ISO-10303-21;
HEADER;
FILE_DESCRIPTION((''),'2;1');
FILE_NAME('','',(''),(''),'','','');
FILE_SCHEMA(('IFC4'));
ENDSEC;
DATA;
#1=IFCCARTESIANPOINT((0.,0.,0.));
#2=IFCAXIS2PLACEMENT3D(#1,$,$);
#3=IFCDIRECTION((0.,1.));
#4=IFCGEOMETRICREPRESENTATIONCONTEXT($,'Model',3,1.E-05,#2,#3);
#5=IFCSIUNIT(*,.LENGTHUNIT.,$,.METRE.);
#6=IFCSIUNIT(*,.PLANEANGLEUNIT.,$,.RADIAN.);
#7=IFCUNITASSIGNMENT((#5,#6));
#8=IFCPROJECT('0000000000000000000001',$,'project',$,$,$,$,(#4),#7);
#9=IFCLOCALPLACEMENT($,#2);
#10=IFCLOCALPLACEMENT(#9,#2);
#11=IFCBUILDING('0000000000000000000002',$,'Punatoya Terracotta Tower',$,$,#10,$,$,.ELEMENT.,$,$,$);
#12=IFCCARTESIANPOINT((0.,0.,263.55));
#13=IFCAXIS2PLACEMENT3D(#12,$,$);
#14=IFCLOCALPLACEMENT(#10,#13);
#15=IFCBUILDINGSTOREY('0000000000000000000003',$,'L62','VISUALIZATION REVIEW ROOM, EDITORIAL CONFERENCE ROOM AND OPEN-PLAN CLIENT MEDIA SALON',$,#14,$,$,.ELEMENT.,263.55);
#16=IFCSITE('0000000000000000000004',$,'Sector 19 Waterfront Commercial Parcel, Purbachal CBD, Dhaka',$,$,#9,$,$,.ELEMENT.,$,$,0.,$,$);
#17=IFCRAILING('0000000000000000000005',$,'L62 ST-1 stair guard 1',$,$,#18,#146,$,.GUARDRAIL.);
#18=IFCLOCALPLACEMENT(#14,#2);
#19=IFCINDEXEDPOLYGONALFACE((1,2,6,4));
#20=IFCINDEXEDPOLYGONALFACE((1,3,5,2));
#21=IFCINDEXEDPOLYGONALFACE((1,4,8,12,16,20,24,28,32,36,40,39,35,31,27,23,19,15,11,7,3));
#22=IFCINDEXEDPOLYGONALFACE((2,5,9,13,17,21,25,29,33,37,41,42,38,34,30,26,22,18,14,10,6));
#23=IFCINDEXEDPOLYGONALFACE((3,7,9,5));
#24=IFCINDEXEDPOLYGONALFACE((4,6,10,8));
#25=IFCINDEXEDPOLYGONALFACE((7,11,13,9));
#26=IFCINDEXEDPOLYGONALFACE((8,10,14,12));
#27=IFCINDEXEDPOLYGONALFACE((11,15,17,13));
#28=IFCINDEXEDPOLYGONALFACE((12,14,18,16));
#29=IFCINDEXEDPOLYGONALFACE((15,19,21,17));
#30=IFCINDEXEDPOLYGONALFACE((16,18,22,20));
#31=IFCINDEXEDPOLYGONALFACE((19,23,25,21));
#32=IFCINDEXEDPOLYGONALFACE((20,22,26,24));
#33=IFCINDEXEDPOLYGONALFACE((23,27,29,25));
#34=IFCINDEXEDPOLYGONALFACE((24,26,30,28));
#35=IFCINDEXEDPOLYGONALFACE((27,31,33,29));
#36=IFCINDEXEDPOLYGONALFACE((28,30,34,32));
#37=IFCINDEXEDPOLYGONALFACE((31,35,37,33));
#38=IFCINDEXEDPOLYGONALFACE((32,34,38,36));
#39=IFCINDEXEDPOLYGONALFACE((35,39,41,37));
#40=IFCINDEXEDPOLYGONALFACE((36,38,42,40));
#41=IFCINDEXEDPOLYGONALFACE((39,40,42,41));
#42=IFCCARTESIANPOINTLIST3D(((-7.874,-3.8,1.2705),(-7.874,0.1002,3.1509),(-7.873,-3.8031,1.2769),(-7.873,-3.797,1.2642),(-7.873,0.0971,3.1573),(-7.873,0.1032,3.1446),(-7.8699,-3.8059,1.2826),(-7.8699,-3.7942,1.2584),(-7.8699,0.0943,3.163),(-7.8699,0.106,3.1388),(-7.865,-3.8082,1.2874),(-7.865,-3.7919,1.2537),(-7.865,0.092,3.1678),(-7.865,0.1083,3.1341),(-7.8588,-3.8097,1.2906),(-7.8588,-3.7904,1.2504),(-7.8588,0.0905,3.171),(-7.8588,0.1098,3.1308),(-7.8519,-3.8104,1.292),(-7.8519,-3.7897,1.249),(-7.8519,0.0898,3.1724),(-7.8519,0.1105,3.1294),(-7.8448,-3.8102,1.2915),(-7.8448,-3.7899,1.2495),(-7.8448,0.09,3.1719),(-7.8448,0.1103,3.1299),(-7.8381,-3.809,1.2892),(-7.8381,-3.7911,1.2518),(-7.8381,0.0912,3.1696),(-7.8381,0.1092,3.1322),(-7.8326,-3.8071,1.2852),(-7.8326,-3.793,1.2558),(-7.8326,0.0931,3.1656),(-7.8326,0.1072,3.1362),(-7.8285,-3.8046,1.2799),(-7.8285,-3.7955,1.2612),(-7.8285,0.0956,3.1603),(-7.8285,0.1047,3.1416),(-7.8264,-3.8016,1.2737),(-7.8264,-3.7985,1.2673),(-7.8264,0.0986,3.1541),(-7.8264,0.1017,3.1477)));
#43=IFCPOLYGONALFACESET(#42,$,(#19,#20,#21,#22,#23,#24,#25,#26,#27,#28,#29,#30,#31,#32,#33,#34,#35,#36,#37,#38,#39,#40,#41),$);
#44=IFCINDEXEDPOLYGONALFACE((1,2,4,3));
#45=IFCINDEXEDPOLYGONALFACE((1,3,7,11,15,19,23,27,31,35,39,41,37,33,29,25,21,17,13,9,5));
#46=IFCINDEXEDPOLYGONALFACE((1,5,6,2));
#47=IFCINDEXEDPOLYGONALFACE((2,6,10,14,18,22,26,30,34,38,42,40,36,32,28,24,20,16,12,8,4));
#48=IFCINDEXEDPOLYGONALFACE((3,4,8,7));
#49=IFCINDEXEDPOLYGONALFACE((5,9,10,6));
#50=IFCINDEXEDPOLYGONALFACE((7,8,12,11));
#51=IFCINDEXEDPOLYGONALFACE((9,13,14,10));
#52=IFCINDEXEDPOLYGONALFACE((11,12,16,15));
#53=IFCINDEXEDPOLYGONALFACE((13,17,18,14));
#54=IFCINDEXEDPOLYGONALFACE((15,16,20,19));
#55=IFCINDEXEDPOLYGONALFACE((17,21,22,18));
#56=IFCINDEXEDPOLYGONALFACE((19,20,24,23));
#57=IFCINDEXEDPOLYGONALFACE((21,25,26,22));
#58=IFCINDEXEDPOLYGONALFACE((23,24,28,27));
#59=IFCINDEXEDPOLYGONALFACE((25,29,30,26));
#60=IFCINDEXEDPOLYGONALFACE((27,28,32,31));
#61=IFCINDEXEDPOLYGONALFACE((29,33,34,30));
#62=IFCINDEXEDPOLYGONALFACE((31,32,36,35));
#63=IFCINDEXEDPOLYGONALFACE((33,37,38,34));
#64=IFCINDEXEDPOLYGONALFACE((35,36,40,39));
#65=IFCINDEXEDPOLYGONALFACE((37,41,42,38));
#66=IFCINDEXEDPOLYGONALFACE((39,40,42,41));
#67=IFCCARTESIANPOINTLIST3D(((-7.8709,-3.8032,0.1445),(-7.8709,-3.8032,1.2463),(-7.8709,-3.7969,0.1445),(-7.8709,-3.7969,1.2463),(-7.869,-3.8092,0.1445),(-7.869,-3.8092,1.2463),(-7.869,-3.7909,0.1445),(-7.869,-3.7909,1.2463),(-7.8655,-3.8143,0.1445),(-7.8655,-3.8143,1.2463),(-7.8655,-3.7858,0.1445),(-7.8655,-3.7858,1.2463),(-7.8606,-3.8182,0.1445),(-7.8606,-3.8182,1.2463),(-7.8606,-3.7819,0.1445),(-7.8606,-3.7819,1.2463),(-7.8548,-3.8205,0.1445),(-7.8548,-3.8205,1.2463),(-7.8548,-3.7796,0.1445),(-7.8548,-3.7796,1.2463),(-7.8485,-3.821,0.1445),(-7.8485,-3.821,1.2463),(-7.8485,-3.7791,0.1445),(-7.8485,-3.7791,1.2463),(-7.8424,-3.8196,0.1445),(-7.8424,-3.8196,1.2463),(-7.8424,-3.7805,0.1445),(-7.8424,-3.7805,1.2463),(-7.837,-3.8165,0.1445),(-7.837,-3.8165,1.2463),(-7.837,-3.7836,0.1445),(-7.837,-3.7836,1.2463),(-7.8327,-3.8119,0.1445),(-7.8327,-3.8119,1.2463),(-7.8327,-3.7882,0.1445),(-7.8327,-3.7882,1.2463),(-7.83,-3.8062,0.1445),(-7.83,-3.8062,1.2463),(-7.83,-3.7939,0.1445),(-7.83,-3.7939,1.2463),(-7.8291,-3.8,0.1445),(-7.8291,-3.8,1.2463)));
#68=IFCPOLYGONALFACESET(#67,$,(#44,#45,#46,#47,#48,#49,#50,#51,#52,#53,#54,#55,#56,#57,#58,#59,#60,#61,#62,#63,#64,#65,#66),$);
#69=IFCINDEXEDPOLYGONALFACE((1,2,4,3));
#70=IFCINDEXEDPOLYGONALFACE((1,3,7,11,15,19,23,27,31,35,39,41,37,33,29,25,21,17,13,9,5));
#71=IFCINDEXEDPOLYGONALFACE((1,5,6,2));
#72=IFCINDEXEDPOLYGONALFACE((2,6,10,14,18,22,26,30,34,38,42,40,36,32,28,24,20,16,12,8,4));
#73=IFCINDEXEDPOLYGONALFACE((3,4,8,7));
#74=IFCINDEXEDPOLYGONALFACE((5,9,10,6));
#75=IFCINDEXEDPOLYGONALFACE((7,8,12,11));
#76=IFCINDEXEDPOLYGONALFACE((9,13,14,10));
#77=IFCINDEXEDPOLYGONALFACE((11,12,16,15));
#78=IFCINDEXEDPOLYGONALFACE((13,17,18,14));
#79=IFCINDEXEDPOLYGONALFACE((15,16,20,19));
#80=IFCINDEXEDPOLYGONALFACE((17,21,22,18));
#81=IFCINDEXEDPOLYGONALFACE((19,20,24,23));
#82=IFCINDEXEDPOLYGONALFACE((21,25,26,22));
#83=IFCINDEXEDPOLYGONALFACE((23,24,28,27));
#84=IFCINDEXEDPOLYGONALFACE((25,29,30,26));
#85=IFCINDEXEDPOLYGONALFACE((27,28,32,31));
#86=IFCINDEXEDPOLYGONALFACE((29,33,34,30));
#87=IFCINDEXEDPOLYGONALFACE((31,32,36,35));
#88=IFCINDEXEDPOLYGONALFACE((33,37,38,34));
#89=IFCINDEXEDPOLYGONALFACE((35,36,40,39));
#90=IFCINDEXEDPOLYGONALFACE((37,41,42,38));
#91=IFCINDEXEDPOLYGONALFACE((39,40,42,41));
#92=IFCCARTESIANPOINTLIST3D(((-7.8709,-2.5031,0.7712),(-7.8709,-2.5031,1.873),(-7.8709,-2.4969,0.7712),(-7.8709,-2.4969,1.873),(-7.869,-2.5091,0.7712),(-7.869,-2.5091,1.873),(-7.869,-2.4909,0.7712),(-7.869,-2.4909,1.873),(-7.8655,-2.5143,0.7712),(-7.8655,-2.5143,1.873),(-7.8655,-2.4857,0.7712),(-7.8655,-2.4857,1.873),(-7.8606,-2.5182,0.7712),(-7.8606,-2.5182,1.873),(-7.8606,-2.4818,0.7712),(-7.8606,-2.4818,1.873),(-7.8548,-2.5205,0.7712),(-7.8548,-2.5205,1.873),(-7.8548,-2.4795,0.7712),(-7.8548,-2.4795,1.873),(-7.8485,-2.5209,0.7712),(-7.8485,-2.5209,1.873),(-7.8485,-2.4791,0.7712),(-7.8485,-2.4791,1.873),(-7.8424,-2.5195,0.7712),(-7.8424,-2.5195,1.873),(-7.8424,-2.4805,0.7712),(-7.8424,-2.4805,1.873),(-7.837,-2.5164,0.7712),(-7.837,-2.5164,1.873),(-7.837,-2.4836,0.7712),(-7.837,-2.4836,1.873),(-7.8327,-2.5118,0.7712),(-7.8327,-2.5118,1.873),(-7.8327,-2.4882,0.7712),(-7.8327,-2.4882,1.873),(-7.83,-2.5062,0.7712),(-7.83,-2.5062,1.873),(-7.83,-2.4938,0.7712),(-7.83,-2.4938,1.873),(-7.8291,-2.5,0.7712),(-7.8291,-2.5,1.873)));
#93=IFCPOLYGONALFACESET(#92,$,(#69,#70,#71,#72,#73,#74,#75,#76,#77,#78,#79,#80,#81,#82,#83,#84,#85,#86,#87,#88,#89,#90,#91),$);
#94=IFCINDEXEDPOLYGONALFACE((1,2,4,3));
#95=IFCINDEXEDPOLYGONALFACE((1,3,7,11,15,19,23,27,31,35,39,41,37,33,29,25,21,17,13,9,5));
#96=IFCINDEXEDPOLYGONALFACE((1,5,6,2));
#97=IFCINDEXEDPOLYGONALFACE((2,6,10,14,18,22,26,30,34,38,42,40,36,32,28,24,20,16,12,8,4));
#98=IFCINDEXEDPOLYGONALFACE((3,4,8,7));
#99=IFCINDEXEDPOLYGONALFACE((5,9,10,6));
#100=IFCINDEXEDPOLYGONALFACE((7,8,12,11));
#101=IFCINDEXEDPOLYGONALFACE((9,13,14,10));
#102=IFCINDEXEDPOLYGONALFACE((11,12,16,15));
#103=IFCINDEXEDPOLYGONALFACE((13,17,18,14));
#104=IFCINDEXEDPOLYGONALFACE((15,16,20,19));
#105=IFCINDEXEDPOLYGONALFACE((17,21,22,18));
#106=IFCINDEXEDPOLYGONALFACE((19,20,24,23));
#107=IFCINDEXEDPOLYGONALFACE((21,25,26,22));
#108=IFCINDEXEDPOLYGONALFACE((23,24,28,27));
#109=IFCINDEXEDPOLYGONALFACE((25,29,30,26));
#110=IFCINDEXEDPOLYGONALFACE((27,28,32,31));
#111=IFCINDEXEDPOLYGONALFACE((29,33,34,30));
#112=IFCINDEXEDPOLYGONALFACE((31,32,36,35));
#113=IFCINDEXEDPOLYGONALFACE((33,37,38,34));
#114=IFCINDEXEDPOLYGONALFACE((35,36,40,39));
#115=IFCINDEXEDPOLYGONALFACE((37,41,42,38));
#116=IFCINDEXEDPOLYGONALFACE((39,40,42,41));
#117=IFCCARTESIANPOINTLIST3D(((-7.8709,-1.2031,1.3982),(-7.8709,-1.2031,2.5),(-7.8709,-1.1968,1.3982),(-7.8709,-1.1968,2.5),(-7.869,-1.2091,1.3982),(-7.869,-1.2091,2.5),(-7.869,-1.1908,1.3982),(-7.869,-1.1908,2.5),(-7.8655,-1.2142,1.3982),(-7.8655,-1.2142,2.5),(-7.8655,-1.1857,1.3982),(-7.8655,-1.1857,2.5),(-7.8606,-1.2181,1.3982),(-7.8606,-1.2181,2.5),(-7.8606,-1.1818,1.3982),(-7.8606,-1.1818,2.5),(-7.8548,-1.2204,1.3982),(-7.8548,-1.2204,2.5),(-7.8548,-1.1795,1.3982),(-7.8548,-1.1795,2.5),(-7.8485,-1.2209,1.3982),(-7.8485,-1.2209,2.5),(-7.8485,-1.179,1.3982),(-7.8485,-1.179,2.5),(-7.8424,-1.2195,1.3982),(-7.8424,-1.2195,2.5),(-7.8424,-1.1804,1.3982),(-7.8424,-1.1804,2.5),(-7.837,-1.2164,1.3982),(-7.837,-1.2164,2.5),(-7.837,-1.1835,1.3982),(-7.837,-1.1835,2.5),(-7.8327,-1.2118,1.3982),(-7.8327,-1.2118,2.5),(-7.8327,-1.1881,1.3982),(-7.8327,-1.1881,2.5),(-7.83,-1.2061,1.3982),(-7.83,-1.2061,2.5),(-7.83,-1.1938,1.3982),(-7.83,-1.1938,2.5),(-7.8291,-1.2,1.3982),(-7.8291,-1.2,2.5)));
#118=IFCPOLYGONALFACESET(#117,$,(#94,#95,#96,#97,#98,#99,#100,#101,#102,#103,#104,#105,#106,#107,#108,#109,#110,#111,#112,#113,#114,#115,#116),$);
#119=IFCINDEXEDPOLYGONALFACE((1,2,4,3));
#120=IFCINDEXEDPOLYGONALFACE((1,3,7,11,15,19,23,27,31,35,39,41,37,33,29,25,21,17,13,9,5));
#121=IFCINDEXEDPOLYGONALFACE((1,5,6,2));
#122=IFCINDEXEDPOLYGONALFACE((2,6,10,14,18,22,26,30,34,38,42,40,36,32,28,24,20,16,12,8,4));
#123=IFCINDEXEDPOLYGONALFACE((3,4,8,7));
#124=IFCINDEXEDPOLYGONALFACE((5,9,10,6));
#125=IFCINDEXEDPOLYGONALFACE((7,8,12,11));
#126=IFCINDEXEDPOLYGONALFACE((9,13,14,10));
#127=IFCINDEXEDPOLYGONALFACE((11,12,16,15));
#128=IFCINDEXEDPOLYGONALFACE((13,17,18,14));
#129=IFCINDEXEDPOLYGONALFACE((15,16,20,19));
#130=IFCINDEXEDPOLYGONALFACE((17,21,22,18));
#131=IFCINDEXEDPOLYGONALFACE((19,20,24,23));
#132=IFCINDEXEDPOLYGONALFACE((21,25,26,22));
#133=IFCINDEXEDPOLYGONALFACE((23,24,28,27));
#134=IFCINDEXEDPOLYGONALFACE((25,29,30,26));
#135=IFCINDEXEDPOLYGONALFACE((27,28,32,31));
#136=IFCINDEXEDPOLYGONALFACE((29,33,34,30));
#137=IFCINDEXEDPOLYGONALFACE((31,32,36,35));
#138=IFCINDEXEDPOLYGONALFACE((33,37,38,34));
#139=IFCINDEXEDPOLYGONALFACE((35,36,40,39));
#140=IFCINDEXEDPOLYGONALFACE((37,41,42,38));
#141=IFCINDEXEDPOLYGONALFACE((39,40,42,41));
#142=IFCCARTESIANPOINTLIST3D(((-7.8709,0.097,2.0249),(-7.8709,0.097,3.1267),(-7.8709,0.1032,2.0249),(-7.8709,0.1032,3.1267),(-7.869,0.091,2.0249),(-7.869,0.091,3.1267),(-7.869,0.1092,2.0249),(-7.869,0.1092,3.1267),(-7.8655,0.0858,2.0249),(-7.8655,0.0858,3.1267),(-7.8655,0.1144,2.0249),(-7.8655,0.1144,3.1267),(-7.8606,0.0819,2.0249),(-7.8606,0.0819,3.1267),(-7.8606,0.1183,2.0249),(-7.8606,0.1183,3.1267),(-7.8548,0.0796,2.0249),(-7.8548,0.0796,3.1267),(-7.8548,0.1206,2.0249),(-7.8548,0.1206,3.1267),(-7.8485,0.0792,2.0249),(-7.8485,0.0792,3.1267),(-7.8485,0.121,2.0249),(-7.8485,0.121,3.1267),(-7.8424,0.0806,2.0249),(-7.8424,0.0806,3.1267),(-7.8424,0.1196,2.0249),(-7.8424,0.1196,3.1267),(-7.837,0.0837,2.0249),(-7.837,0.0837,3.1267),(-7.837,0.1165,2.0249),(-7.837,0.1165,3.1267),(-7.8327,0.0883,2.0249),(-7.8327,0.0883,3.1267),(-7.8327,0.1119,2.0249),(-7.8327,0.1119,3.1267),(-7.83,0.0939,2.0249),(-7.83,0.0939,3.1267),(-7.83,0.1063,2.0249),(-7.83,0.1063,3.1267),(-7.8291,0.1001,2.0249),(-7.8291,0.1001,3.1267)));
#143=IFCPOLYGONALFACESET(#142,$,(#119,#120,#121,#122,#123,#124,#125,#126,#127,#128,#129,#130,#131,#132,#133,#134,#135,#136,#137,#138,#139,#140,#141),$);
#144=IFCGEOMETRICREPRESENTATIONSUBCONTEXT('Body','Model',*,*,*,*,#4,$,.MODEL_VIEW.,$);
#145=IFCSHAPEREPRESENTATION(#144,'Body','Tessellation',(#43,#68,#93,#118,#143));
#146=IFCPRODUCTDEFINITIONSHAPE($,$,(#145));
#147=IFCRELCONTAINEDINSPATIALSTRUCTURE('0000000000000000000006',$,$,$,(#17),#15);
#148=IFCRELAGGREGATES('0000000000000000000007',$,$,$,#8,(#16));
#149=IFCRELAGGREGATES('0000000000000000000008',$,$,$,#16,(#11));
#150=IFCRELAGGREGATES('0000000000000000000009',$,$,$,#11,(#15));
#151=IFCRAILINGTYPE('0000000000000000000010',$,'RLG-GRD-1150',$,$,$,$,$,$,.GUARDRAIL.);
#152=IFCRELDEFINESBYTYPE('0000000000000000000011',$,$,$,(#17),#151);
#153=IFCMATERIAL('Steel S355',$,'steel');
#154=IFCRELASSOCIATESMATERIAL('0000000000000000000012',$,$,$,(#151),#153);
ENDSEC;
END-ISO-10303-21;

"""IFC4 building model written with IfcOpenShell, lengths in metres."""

from ifc_helpers import new_model, si_unit, direction, frame, origin, origin_2d, place, context, subcontext, project, spatial, circle, extrude, material, type_object, element, save


model = new_model("IFC4")

# Units and contexts
model_context = context("Model", 3, precision=1e-05, world=origin(), true_north=direction((0.0, 1.0)))
body_context = subcontext(model_context, "Body", "Model", "MODEL_VIEW")
ifc_project = project(units=[si_unit("LENGTHUNIT", "METRE"), si_unit("PLANEANGLEUNIT", "RADIAN")], contexts=[model_context])

# Site, building, storey
site_placement = place(None, origin())
site = spatial("IfcSite", under=ifc_project, at=site_placement, Name="Sector 19 Waterfront Commercial Parcel, Purbachal CBD, Dhaka", CompositionType="ELEMENT", RefElevation=0.0)
building_placement = place(site_placement, origin())
building = spatial("IfcBuilding", under=site, at=building_placement, Name="Punatoya Terracotta Tower", CompositionType="ELEMENT")
storey_placement = place(building_placement, frame((0.0, 0.0, 263.55)))
storey = spatial("IfcBuildingStorey", under=building, at=storey_placement, Name="L62", Description="VISUALIZATION REVIEW ROOM, EDITORIAL CONFERENCE ROOM AND OPEN-PLAN CLIENT MEDIA SALON", CompositionType="ELEMENT", Elevation=263.55)

# Railing
ifc_material_1 = material(Name="Steel S355", Category="steel")
railing_type_1 = type_object("IfcRailingType", Name="RLG-GRD-1150", PredefinedType="GUARDRAIL", material=ifc_material_1)
railing_1_placement = place(storey_placement, frame((-7.8501, -3.8, 0.1445)))
element("IfcRailing", 1, at=railing_1_placement, inside=storey, type_object=railing_type_1, Name="L62 ST-1 stair guard 1", PredefinedType="GUARDRAIL", context=body_context, shape_type="SweptSolid", body=[
    extrude(circle(Radius=0.0239, at=origin_2d()), frame((0.0, 0.0, 1.126), z_axis=(0.0, 0.900774, 0.434289), x_axis=(-1.0, 0.0, 0.0)), (0.0, 0.0, 1.0), 4.3298),
    extrude(circle(Radius=0.021, at=origin_2d()), origin(), (0.0, 0.0, 1.0), 1.1018),
    extrude(circle(Radius=0.021, at=origin_2d()), frame((0.0, 1.3, 0.6267)), (0.0, 0.0, 1.0), 1.1018),
    extrude(circle(Radius=0.021, at=origin_2d()), frame((0.0, 2.6001, 1.2537)), (0.0, 0.0, 1.0), 1.1018),
    extrude(circle(Radius=0.021, at=origin_2d()), frame((0.0, 3.9001, 1.8804)), (0.0, 0.0, 1.0), 1.1018),
])

save(model, "model.ifc")
